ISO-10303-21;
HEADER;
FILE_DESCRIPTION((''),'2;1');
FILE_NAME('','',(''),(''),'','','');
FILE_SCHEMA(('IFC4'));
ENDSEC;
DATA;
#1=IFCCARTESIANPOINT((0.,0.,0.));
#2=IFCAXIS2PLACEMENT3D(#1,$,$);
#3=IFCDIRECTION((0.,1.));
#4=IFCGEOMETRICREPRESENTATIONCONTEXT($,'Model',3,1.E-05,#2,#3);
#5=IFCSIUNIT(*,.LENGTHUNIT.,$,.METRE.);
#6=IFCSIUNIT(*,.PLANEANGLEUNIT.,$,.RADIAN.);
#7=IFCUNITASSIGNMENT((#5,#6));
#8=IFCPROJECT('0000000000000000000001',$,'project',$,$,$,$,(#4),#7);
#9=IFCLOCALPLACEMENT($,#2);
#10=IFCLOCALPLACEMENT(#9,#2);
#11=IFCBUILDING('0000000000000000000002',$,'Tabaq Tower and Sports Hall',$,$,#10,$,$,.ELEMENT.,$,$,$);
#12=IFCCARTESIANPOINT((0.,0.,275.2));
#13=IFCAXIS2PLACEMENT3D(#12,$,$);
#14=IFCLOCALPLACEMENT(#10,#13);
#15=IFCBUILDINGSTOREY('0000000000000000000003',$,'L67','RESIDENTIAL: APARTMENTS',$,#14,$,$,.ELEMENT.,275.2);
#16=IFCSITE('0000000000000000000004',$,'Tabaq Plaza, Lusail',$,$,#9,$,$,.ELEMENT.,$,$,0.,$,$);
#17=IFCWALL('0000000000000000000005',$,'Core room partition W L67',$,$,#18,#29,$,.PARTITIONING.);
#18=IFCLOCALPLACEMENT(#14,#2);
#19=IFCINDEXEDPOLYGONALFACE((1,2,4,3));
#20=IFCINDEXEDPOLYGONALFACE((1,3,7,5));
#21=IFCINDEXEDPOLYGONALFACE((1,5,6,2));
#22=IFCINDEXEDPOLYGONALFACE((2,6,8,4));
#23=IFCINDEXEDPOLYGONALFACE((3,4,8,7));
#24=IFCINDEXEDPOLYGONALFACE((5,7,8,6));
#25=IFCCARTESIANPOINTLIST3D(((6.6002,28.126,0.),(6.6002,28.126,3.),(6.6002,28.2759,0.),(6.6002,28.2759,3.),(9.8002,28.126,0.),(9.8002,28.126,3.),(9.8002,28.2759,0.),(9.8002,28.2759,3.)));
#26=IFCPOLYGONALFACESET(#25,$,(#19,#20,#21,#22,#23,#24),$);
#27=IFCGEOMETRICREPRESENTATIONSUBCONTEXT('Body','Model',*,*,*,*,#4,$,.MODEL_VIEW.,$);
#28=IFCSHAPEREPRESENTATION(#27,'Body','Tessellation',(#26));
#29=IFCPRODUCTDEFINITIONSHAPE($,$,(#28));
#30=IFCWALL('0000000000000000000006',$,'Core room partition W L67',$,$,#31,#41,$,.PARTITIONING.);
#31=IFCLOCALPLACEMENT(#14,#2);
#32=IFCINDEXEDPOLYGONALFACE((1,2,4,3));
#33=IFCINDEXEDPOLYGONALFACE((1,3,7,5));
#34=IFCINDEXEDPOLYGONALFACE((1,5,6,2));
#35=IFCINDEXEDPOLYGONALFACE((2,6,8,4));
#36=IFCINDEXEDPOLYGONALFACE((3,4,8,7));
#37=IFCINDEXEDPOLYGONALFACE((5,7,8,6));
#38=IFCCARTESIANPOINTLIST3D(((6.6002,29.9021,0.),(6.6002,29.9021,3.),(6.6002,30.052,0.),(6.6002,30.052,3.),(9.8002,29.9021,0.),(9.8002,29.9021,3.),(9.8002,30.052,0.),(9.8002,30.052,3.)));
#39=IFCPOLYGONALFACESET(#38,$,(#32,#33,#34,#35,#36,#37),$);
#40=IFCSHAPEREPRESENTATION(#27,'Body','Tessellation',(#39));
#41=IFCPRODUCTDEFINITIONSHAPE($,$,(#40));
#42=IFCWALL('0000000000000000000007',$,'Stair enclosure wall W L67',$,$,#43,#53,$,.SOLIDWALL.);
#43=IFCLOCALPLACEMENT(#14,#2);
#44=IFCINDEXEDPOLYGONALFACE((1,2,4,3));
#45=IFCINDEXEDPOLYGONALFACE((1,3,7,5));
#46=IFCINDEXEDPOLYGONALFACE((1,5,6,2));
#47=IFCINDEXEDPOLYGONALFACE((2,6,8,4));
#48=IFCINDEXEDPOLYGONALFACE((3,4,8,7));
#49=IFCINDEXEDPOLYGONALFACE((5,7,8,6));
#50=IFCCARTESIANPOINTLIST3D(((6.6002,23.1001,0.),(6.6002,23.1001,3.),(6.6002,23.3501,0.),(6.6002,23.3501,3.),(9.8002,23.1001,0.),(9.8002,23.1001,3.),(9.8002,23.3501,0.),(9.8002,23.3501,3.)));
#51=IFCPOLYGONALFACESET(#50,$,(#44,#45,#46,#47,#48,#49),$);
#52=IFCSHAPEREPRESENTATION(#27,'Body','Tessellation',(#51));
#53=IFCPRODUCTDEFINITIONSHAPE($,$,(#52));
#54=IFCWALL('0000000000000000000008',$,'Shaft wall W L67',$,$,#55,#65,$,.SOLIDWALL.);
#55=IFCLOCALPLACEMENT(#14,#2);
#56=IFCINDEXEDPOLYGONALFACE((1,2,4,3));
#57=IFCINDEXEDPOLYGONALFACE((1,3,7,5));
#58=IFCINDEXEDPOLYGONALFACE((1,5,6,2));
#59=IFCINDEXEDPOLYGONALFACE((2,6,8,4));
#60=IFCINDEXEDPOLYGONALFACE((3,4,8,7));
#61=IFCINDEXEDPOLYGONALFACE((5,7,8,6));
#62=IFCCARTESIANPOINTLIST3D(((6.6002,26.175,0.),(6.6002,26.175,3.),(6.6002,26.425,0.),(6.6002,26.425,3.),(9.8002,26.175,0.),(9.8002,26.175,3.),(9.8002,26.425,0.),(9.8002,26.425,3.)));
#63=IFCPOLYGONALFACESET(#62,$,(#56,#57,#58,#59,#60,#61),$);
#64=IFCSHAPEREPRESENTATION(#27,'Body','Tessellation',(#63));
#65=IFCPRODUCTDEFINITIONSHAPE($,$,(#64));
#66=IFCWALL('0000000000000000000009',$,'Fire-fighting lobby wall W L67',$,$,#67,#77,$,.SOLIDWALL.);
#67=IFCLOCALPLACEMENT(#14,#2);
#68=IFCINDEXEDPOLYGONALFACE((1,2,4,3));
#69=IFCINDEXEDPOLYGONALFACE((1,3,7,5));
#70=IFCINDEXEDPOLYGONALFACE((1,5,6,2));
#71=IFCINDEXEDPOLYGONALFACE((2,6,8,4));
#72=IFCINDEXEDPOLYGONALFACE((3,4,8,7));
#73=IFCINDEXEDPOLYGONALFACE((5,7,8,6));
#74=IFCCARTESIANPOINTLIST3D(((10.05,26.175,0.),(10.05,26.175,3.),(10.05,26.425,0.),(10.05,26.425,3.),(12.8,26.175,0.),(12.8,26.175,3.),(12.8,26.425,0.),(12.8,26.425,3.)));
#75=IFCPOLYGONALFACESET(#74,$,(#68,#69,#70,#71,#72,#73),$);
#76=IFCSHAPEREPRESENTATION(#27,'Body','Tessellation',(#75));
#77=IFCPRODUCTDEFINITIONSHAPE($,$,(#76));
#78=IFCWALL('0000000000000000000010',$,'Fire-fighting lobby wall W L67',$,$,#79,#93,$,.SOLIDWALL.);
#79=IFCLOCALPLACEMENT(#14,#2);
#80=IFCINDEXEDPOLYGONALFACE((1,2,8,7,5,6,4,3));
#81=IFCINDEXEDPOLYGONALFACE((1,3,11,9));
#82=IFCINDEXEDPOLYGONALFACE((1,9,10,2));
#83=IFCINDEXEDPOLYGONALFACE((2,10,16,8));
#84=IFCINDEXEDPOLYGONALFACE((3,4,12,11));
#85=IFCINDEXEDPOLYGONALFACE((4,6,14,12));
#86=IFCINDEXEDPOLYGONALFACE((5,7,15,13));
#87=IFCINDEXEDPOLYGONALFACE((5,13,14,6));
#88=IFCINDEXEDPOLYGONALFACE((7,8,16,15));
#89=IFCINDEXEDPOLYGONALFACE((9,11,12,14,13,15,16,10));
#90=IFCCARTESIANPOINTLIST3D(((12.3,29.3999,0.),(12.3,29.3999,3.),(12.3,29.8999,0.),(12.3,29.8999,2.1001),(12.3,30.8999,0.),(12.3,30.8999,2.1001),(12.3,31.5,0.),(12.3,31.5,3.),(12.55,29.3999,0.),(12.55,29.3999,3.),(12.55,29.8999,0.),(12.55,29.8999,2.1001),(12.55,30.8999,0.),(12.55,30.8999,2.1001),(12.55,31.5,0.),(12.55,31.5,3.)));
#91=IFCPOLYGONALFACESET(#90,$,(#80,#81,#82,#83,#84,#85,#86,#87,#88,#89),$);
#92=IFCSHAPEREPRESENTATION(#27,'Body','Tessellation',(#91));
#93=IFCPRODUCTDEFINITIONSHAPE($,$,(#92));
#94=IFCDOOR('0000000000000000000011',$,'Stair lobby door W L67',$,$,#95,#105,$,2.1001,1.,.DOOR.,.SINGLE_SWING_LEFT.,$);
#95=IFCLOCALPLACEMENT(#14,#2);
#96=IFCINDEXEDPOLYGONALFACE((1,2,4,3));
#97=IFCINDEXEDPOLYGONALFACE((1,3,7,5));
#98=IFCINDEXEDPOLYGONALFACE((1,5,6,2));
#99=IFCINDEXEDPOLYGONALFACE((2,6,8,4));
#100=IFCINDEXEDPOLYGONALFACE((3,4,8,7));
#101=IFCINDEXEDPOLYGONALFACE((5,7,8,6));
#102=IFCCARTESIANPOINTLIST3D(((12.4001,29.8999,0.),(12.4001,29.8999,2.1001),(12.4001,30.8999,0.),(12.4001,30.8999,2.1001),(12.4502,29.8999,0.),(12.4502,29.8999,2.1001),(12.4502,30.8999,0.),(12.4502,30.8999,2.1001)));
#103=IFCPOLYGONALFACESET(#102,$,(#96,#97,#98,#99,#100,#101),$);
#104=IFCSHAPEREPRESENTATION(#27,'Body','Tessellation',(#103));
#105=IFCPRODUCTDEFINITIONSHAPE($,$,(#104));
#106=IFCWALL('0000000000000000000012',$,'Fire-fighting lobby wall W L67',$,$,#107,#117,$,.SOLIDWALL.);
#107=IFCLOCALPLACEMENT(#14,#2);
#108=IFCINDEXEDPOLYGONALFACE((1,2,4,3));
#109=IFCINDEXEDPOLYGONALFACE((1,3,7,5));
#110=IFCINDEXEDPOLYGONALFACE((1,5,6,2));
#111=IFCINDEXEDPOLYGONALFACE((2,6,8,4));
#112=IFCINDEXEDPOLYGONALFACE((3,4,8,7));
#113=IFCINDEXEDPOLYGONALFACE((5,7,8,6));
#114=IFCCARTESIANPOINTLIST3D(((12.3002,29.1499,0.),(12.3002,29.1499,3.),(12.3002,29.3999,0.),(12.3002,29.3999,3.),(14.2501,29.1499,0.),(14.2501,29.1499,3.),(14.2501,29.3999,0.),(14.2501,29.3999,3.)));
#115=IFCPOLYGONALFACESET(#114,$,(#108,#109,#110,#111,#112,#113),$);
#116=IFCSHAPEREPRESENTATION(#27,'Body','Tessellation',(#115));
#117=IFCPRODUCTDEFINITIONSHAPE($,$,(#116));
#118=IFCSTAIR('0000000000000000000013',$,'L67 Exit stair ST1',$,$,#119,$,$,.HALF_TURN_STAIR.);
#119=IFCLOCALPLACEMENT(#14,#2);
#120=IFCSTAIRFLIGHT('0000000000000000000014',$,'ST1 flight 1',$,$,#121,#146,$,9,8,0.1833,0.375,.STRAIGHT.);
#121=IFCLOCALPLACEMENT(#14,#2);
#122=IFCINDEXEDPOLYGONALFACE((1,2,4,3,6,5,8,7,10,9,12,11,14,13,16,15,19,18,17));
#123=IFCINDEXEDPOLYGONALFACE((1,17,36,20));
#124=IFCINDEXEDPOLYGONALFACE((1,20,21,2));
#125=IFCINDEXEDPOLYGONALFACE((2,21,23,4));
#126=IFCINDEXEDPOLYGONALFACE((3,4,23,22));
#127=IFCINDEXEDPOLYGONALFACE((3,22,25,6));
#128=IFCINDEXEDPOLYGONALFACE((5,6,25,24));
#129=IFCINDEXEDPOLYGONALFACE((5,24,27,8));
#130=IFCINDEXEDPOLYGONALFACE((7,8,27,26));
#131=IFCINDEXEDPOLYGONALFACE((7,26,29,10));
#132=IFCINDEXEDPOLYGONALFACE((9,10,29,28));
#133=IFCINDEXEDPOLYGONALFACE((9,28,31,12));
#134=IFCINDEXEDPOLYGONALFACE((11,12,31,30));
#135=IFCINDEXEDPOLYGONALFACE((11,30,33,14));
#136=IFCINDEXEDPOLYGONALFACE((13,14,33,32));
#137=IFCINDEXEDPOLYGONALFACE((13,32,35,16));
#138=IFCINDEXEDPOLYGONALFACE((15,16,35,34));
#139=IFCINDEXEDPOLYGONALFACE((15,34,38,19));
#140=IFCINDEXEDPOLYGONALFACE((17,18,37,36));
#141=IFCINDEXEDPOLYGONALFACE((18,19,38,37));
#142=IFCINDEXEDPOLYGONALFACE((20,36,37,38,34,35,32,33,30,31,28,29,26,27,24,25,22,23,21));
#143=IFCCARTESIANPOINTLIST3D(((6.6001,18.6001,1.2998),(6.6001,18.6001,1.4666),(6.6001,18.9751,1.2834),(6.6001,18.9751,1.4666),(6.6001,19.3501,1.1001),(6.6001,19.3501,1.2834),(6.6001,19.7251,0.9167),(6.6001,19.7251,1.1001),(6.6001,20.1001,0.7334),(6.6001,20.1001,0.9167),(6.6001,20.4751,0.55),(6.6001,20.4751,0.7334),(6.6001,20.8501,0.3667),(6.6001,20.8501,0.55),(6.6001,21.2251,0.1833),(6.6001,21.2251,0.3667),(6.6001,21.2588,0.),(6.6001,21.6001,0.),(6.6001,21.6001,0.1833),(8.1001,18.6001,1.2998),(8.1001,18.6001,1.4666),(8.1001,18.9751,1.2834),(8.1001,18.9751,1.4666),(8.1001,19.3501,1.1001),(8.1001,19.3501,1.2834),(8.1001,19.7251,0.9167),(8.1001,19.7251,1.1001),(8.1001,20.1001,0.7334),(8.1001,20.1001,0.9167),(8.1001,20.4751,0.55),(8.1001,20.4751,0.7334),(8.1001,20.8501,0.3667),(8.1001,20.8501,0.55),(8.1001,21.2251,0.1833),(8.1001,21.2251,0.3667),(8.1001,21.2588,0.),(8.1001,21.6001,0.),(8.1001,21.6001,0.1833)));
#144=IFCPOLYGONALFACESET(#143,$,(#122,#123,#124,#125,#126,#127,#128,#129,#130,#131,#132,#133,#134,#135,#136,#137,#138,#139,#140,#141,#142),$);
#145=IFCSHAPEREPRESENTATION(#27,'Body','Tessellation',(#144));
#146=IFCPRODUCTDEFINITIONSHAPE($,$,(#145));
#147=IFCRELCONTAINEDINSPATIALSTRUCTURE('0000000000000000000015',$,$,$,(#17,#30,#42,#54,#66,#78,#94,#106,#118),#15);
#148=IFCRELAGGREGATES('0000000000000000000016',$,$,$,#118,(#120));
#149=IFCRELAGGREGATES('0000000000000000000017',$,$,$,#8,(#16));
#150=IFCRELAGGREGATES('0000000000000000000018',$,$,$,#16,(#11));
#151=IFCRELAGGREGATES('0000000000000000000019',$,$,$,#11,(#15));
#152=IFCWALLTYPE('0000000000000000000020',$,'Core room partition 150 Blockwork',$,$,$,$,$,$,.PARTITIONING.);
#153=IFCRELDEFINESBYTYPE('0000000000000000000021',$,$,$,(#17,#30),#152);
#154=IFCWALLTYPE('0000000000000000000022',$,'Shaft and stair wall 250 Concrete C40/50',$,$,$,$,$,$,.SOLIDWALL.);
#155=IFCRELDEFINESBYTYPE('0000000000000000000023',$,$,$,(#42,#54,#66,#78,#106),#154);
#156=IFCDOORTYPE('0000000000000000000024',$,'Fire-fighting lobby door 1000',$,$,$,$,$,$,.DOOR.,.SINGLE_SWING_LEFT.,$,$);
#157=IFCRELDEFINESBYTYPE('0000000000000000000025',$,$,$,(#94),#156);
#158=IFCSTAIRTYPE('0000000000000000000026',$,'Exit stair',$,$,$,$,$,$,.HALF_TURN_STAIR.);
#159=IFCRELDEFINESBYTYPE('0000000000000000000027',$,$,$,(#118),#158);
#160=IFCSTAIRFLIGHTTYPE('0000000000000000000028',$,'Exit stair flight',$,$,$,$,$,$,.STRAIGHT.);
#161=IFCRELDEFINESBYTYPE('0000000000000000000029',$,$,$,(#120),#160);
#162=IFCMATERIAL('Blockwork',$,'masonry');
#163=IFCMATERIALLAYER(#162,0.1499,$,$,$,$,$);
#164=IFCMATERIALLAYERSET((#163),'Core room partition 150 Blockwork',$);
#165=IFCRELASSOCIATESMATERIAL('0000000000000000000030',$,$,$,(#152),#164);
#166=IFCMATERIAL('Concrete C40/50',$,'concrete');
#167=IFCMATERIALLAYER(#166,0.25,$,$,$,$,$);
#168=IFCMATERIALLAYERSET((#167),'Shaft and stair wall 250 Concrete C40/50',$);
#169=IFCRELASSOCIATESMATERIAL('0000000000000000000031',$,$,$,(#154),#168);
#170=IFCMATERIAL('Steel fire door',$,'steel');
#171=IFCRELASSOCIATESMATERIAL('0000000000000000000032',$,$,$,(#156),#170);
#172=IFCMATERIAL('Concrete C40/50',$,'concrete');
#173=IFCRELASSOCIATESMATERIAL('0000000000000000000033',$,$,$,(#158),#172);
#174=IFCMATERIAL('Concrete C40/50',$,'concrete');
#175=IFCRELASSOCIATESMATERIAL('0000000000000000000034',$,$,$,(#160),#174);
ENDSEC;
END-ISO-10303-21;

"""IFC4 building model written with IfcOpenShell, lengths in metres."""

from ifc_helpers import new_model, si_unit, direction, frame, frame_2d, origin, place, context, subcontext, project, spatial, polyline, rectangle, outline, extrude, material, layer, layer_set, type_object, element, fill, aggregate, save


model = new_model("IFC4")

# Units and contexts
model_context = context("Model", 3, precision=1e-05, world=origin(), true_north=direction((0.0, 1.0)))
body_context = subcontext(model_context, "Body", "Model", "MODEL_VIEW")
ifc_project = project(units=[si_unit("LENGTHUNIT", "METRE"), si_unit("PLANEANGLEUNIT", "RADIAN")], contexts=[model_context])

# Site, building, storey
site_placement = place(None, origin())
site = spatial("IfcSite", under=ifc_project, at=site_placement, Name="Tabaq Plaza, Lusail", CompositionType="ELEMENT", RefElevation=0.0)
building_placement = place(site_placement, origin())
building = spatial("IfcBuilding", under=site, at=building_placement, Name="Tabaq Tower and Sports Hall", CompositionType="ELEMENT")
storey_placement = place(building_placement, frame((0.0, 0.0, 275.2)))
storey = spatial("IfcBuildingStorey", under=building, at=storey_placement, Name="L67", Description="RESIDENTIAL: APARTMENTS", CompositionType="ELEMENT", Elevation=275.2)

# Walls
ifc_material_1 = material(Name="Blockwork", Category="masonry")
ifc_layer_1 = layer(ifc_material_1, 0.1499)
ifc_layer_set_1 = layer_set([ifc_layer_1], Name="Core room partition 150 Blockwork")
wall_type_1 = type_object("IfcWallType", Name="Core room partition 150 Blockwork", PredefinedType="PARTITIONING", material=ifc_layer_set_1)
for number, where, z_axis, x_axis, name in (
    (1, (6.6001, 28.2009, 0.0), (0.0, 0.0, 1.0), (1.0, 0.0, 0.0), "Core room partition W L67"),
    (2, (6.6001, 29.9771, 0.0), (0.0, 0.0, 1.0), (1.0, 0.0, 0.0), "Core room partition W L67"),
):
    element("IfcWall", number, at=place(storey_placement, frame(where, z_axis=z_axis, x_axis=x_axis)), inside=storey, type_object=wall_type_1, Name=name, PredefinedType="PARTITIONING", context=body_context, shape_type="SweptSolid", body=[
        extrude(rectangle(XDim=3.2, YDim=0.1499, at=frame_2d((1.6001, 0.0))), origin(), (0.0, 0.0, 1.0), 3.0),
    ])

# Walls
ifc_material_2 = material(Name="Concrete C40/50", Category="concrete")
ifc_layer_2 = layer(ifc_material_2, 0.25)
ifc_layer_set_2 = layer_set([ifc_layer_2], Name="Shaft and stair wall 250 Concrete C40/50")
wall_type_2 = type_object("IfcWallType", Name="Shaft and stair wall 250 Concrete C40/50", PredefinedType="SOLIDWALL", material=ifc_layer_set_2)
for number, where, z_axis, x_axis, name in (
    (3, (6.6001, 23.2251, 0.0), (0.0, 0.0, 1.0), (1.0, 0.0, 0.0), "Stair enclosure wall W L67"),
    (4, (6.6001, 26.3, 0.0), (0.0, 0.0, 1.0), (1.0, 0.0, 0.0), "Shaft wall W L67"),
):
    element("IfcWall", number, at=place(storey_placement, frame(where, z_axis=z_axis, x_axis=x_axis)), inside=storey, type_object=wall_type_2, Name=name, PredefinedType="SOLIDWALL", context=body_context, shape_type="SweptSolid", body=[
        extrude(rectangle(XDim=3.2, YDim=0.25, at=frame_2d((1.6001, 0.0))), origin(), (0.0, 0.0, 1.0), 3.0),
    ])
wall_1_placement = place(storey_placement, frame((10.05, 26.3, 0.0), z_axis=(0.0, 0.0, 1.0), x_axis=(1.0, 0.0, 0.0)))
element("IfcWall", 5, at=wall_1_placement, inside=storey, type_object=wall_type_2, Name="Fire-fighting lobby wall W L67", PredefinedType="SOLIDWALL", context=body_context, shape_type="SweptSolid", body=[
    extrude(rectangle(XDim=2.75, YDim=0.25, at=frame_2d((1.375, 0.0))), origin(), (0.0, 0.0, 1.0), 3.0),
])

# Wall, opening, door
wall_2_placement = place(storey_placement, frame((12.425, 29.3999, 0.0), z_axis=(0.0, 0.0, 1.0), x_axis=(0.0, 1.0, 0.0)))
wall_2 = element("IfcWall", 6, at=wall_2_placement, inside=storey, type_object=wall_type_2, Name="Fire-fighting lobby wall W L67", PredefinedType="SOLIDWALL", context=body_context, shape_type="SweptSolid", body=[
    extrude(rectangle(XDim=2.1001, YDim=0.25, at=frame_2d((1.05, 0.0))), origin(), (0.0, 0.0, 1.0), 3.0),
])
opening_1_placement = place(wall_2_placement, frame((0.5, 0.0, 0.0)))
opening_1 = element("IfcOpeningElement", 7, at=opening_1_placement, cuts=wall_2, PredefinedType="OPENING", context=body_context, shape_type="SweptSolid", body=[
    extrude(rectangle(XDim=1.0, YDim=2.1001, at=frame_2d((0.5, 1.05))), frame((0.0, 0.125, 0.0), z_axis=(0.0, -1.0, 0.0), x_axis=(1.0, 0.0, 0.0)), (0.0, 0.0, 1.0), 0.25),
])
ifc_material_3 = material(Name="Steel fire door", Category="steel")
door_type_1 = type_object("IfcDoorType", Name="Fire-fighting lobby door 1000", OperationType="SINGLE_SWING_LEFT", PredefinedType="DOOR", material=ifc_material_3)
door_1_placement = place(opening_1_placement, origin())
door_1 = element("IfcDoor", 8, at=door_1_placement, inside=storey, type_object=door_type_1, Name="Stair lobby door W L67", OperationType="SINGLE_SWING_LEFT", OverallHeight=2.1001, OverallWidth=1.0, PredefinedType="DOOR", context=body_context, shape_type="SweptSolid", body=[
    extrude(rectangle(XDim=1.0, YDim=2.1001, at=frame_2d((0.5, 1.05))), frame((0.0, 0.0249, 0.0), z_axis=(0.0, -1.0, 0.0), x_axis=(1.0, 0.0, 0.0)), (0.0, 0.0, 1.0), 0.05),
])
fill(opening_1, door_1)

# Wall
wall_3_placement = place(storey_placement, frame((12.3, 29.2749, 0.0), z_axis=(0.0, 0.0, 1.0), x_axis=(1.0, 0.0, 0.0)))
element("IfcWall", 9, at=wall_3_placement, inside=storey, type_object=wall_type_2, Name="Fire-fighting lobby wall W L67", PredefinedType="SOLIDWALL", context=body_context, shape_type="SweptSolid", body=[
    extrude(rectangle(XDim=1.95, YDim=0.25, at=frame_2d((0.9751, 0.0))), origin(), (0.0, 0.0, 1.0), 3.0),
])

# Stair, stair flight
ifc_material_4 = material(Name="Concrete C40/50", Category="concrete")
stair_type = type_object("IfcStairType", Name="Exit stair", PredefinedType="HALF_TURN_STAIR", material=ifc_material_4)
stair_placement = place(storey_placement, origin())
stair = element("IfcStair", 10, at=stair_placement, inside=storey, type_object=stair_type, Name="L67 Exit stair ST1", PredefinedType="HALF_TURN_STAIR")
ifc_material_5 = material(Name="Concrete C40/50", Category="concrete")
stair_flight_type = type_object("IfcStairFlightType", Name="Exit stair flight", PredefinedType="STRAIGHT", material=ifc_material_5)
stair_flight_placement = place(storey_placement, frame((7.3501, 21.6001, 0.0), z_axis=(0.0, 0.0, 1.0), x_axis=(0.0, -1.0, 0.0)))
stair_flight = element("IfcStairFlight", 11, at=stair_flight_placement, type_object=stair_flight_type, Name="ST1 flight 1", NumberOfRisers=9, NumberOfTreads=8, PredefinedType="STRAIGHT", RiserHeight=0.1833, TreadLength=0.375, context=body_context, shape_type="SweptSolid", body=[
    extrude(outline(polyline([(0.0, 0.0), (0.0, 0.1833), (0.375, 0.1833), (0.375, 0.3667), (0.75, 0.3667), (0.75, 0.55), (1.125, 0.55), (1.125, 0.7334), (1.5, 0.7334), (1.5, 0.9167), (1.875, 0.9167), (1.875, 1.1001), (2.25, 1.1001), (2.25, 1.2834), (2.625, 1.2834), (2.625, 1.4666), (3.0, 1.4666), (3.0, 1.6499), (3.0, 1.2998), (0.3413, 0.0), (0.0, 0.0)])), frame((0.0, 0.75, 0.0), z_axis=(0.0, -1.0, 0.0), x_axis=(1.0, 0.0, 0.0)), (0.0, 0.0, 1.0), 1.5),
])
aggregate(stair, [stair_flight])

save(model, "model.ifc")
